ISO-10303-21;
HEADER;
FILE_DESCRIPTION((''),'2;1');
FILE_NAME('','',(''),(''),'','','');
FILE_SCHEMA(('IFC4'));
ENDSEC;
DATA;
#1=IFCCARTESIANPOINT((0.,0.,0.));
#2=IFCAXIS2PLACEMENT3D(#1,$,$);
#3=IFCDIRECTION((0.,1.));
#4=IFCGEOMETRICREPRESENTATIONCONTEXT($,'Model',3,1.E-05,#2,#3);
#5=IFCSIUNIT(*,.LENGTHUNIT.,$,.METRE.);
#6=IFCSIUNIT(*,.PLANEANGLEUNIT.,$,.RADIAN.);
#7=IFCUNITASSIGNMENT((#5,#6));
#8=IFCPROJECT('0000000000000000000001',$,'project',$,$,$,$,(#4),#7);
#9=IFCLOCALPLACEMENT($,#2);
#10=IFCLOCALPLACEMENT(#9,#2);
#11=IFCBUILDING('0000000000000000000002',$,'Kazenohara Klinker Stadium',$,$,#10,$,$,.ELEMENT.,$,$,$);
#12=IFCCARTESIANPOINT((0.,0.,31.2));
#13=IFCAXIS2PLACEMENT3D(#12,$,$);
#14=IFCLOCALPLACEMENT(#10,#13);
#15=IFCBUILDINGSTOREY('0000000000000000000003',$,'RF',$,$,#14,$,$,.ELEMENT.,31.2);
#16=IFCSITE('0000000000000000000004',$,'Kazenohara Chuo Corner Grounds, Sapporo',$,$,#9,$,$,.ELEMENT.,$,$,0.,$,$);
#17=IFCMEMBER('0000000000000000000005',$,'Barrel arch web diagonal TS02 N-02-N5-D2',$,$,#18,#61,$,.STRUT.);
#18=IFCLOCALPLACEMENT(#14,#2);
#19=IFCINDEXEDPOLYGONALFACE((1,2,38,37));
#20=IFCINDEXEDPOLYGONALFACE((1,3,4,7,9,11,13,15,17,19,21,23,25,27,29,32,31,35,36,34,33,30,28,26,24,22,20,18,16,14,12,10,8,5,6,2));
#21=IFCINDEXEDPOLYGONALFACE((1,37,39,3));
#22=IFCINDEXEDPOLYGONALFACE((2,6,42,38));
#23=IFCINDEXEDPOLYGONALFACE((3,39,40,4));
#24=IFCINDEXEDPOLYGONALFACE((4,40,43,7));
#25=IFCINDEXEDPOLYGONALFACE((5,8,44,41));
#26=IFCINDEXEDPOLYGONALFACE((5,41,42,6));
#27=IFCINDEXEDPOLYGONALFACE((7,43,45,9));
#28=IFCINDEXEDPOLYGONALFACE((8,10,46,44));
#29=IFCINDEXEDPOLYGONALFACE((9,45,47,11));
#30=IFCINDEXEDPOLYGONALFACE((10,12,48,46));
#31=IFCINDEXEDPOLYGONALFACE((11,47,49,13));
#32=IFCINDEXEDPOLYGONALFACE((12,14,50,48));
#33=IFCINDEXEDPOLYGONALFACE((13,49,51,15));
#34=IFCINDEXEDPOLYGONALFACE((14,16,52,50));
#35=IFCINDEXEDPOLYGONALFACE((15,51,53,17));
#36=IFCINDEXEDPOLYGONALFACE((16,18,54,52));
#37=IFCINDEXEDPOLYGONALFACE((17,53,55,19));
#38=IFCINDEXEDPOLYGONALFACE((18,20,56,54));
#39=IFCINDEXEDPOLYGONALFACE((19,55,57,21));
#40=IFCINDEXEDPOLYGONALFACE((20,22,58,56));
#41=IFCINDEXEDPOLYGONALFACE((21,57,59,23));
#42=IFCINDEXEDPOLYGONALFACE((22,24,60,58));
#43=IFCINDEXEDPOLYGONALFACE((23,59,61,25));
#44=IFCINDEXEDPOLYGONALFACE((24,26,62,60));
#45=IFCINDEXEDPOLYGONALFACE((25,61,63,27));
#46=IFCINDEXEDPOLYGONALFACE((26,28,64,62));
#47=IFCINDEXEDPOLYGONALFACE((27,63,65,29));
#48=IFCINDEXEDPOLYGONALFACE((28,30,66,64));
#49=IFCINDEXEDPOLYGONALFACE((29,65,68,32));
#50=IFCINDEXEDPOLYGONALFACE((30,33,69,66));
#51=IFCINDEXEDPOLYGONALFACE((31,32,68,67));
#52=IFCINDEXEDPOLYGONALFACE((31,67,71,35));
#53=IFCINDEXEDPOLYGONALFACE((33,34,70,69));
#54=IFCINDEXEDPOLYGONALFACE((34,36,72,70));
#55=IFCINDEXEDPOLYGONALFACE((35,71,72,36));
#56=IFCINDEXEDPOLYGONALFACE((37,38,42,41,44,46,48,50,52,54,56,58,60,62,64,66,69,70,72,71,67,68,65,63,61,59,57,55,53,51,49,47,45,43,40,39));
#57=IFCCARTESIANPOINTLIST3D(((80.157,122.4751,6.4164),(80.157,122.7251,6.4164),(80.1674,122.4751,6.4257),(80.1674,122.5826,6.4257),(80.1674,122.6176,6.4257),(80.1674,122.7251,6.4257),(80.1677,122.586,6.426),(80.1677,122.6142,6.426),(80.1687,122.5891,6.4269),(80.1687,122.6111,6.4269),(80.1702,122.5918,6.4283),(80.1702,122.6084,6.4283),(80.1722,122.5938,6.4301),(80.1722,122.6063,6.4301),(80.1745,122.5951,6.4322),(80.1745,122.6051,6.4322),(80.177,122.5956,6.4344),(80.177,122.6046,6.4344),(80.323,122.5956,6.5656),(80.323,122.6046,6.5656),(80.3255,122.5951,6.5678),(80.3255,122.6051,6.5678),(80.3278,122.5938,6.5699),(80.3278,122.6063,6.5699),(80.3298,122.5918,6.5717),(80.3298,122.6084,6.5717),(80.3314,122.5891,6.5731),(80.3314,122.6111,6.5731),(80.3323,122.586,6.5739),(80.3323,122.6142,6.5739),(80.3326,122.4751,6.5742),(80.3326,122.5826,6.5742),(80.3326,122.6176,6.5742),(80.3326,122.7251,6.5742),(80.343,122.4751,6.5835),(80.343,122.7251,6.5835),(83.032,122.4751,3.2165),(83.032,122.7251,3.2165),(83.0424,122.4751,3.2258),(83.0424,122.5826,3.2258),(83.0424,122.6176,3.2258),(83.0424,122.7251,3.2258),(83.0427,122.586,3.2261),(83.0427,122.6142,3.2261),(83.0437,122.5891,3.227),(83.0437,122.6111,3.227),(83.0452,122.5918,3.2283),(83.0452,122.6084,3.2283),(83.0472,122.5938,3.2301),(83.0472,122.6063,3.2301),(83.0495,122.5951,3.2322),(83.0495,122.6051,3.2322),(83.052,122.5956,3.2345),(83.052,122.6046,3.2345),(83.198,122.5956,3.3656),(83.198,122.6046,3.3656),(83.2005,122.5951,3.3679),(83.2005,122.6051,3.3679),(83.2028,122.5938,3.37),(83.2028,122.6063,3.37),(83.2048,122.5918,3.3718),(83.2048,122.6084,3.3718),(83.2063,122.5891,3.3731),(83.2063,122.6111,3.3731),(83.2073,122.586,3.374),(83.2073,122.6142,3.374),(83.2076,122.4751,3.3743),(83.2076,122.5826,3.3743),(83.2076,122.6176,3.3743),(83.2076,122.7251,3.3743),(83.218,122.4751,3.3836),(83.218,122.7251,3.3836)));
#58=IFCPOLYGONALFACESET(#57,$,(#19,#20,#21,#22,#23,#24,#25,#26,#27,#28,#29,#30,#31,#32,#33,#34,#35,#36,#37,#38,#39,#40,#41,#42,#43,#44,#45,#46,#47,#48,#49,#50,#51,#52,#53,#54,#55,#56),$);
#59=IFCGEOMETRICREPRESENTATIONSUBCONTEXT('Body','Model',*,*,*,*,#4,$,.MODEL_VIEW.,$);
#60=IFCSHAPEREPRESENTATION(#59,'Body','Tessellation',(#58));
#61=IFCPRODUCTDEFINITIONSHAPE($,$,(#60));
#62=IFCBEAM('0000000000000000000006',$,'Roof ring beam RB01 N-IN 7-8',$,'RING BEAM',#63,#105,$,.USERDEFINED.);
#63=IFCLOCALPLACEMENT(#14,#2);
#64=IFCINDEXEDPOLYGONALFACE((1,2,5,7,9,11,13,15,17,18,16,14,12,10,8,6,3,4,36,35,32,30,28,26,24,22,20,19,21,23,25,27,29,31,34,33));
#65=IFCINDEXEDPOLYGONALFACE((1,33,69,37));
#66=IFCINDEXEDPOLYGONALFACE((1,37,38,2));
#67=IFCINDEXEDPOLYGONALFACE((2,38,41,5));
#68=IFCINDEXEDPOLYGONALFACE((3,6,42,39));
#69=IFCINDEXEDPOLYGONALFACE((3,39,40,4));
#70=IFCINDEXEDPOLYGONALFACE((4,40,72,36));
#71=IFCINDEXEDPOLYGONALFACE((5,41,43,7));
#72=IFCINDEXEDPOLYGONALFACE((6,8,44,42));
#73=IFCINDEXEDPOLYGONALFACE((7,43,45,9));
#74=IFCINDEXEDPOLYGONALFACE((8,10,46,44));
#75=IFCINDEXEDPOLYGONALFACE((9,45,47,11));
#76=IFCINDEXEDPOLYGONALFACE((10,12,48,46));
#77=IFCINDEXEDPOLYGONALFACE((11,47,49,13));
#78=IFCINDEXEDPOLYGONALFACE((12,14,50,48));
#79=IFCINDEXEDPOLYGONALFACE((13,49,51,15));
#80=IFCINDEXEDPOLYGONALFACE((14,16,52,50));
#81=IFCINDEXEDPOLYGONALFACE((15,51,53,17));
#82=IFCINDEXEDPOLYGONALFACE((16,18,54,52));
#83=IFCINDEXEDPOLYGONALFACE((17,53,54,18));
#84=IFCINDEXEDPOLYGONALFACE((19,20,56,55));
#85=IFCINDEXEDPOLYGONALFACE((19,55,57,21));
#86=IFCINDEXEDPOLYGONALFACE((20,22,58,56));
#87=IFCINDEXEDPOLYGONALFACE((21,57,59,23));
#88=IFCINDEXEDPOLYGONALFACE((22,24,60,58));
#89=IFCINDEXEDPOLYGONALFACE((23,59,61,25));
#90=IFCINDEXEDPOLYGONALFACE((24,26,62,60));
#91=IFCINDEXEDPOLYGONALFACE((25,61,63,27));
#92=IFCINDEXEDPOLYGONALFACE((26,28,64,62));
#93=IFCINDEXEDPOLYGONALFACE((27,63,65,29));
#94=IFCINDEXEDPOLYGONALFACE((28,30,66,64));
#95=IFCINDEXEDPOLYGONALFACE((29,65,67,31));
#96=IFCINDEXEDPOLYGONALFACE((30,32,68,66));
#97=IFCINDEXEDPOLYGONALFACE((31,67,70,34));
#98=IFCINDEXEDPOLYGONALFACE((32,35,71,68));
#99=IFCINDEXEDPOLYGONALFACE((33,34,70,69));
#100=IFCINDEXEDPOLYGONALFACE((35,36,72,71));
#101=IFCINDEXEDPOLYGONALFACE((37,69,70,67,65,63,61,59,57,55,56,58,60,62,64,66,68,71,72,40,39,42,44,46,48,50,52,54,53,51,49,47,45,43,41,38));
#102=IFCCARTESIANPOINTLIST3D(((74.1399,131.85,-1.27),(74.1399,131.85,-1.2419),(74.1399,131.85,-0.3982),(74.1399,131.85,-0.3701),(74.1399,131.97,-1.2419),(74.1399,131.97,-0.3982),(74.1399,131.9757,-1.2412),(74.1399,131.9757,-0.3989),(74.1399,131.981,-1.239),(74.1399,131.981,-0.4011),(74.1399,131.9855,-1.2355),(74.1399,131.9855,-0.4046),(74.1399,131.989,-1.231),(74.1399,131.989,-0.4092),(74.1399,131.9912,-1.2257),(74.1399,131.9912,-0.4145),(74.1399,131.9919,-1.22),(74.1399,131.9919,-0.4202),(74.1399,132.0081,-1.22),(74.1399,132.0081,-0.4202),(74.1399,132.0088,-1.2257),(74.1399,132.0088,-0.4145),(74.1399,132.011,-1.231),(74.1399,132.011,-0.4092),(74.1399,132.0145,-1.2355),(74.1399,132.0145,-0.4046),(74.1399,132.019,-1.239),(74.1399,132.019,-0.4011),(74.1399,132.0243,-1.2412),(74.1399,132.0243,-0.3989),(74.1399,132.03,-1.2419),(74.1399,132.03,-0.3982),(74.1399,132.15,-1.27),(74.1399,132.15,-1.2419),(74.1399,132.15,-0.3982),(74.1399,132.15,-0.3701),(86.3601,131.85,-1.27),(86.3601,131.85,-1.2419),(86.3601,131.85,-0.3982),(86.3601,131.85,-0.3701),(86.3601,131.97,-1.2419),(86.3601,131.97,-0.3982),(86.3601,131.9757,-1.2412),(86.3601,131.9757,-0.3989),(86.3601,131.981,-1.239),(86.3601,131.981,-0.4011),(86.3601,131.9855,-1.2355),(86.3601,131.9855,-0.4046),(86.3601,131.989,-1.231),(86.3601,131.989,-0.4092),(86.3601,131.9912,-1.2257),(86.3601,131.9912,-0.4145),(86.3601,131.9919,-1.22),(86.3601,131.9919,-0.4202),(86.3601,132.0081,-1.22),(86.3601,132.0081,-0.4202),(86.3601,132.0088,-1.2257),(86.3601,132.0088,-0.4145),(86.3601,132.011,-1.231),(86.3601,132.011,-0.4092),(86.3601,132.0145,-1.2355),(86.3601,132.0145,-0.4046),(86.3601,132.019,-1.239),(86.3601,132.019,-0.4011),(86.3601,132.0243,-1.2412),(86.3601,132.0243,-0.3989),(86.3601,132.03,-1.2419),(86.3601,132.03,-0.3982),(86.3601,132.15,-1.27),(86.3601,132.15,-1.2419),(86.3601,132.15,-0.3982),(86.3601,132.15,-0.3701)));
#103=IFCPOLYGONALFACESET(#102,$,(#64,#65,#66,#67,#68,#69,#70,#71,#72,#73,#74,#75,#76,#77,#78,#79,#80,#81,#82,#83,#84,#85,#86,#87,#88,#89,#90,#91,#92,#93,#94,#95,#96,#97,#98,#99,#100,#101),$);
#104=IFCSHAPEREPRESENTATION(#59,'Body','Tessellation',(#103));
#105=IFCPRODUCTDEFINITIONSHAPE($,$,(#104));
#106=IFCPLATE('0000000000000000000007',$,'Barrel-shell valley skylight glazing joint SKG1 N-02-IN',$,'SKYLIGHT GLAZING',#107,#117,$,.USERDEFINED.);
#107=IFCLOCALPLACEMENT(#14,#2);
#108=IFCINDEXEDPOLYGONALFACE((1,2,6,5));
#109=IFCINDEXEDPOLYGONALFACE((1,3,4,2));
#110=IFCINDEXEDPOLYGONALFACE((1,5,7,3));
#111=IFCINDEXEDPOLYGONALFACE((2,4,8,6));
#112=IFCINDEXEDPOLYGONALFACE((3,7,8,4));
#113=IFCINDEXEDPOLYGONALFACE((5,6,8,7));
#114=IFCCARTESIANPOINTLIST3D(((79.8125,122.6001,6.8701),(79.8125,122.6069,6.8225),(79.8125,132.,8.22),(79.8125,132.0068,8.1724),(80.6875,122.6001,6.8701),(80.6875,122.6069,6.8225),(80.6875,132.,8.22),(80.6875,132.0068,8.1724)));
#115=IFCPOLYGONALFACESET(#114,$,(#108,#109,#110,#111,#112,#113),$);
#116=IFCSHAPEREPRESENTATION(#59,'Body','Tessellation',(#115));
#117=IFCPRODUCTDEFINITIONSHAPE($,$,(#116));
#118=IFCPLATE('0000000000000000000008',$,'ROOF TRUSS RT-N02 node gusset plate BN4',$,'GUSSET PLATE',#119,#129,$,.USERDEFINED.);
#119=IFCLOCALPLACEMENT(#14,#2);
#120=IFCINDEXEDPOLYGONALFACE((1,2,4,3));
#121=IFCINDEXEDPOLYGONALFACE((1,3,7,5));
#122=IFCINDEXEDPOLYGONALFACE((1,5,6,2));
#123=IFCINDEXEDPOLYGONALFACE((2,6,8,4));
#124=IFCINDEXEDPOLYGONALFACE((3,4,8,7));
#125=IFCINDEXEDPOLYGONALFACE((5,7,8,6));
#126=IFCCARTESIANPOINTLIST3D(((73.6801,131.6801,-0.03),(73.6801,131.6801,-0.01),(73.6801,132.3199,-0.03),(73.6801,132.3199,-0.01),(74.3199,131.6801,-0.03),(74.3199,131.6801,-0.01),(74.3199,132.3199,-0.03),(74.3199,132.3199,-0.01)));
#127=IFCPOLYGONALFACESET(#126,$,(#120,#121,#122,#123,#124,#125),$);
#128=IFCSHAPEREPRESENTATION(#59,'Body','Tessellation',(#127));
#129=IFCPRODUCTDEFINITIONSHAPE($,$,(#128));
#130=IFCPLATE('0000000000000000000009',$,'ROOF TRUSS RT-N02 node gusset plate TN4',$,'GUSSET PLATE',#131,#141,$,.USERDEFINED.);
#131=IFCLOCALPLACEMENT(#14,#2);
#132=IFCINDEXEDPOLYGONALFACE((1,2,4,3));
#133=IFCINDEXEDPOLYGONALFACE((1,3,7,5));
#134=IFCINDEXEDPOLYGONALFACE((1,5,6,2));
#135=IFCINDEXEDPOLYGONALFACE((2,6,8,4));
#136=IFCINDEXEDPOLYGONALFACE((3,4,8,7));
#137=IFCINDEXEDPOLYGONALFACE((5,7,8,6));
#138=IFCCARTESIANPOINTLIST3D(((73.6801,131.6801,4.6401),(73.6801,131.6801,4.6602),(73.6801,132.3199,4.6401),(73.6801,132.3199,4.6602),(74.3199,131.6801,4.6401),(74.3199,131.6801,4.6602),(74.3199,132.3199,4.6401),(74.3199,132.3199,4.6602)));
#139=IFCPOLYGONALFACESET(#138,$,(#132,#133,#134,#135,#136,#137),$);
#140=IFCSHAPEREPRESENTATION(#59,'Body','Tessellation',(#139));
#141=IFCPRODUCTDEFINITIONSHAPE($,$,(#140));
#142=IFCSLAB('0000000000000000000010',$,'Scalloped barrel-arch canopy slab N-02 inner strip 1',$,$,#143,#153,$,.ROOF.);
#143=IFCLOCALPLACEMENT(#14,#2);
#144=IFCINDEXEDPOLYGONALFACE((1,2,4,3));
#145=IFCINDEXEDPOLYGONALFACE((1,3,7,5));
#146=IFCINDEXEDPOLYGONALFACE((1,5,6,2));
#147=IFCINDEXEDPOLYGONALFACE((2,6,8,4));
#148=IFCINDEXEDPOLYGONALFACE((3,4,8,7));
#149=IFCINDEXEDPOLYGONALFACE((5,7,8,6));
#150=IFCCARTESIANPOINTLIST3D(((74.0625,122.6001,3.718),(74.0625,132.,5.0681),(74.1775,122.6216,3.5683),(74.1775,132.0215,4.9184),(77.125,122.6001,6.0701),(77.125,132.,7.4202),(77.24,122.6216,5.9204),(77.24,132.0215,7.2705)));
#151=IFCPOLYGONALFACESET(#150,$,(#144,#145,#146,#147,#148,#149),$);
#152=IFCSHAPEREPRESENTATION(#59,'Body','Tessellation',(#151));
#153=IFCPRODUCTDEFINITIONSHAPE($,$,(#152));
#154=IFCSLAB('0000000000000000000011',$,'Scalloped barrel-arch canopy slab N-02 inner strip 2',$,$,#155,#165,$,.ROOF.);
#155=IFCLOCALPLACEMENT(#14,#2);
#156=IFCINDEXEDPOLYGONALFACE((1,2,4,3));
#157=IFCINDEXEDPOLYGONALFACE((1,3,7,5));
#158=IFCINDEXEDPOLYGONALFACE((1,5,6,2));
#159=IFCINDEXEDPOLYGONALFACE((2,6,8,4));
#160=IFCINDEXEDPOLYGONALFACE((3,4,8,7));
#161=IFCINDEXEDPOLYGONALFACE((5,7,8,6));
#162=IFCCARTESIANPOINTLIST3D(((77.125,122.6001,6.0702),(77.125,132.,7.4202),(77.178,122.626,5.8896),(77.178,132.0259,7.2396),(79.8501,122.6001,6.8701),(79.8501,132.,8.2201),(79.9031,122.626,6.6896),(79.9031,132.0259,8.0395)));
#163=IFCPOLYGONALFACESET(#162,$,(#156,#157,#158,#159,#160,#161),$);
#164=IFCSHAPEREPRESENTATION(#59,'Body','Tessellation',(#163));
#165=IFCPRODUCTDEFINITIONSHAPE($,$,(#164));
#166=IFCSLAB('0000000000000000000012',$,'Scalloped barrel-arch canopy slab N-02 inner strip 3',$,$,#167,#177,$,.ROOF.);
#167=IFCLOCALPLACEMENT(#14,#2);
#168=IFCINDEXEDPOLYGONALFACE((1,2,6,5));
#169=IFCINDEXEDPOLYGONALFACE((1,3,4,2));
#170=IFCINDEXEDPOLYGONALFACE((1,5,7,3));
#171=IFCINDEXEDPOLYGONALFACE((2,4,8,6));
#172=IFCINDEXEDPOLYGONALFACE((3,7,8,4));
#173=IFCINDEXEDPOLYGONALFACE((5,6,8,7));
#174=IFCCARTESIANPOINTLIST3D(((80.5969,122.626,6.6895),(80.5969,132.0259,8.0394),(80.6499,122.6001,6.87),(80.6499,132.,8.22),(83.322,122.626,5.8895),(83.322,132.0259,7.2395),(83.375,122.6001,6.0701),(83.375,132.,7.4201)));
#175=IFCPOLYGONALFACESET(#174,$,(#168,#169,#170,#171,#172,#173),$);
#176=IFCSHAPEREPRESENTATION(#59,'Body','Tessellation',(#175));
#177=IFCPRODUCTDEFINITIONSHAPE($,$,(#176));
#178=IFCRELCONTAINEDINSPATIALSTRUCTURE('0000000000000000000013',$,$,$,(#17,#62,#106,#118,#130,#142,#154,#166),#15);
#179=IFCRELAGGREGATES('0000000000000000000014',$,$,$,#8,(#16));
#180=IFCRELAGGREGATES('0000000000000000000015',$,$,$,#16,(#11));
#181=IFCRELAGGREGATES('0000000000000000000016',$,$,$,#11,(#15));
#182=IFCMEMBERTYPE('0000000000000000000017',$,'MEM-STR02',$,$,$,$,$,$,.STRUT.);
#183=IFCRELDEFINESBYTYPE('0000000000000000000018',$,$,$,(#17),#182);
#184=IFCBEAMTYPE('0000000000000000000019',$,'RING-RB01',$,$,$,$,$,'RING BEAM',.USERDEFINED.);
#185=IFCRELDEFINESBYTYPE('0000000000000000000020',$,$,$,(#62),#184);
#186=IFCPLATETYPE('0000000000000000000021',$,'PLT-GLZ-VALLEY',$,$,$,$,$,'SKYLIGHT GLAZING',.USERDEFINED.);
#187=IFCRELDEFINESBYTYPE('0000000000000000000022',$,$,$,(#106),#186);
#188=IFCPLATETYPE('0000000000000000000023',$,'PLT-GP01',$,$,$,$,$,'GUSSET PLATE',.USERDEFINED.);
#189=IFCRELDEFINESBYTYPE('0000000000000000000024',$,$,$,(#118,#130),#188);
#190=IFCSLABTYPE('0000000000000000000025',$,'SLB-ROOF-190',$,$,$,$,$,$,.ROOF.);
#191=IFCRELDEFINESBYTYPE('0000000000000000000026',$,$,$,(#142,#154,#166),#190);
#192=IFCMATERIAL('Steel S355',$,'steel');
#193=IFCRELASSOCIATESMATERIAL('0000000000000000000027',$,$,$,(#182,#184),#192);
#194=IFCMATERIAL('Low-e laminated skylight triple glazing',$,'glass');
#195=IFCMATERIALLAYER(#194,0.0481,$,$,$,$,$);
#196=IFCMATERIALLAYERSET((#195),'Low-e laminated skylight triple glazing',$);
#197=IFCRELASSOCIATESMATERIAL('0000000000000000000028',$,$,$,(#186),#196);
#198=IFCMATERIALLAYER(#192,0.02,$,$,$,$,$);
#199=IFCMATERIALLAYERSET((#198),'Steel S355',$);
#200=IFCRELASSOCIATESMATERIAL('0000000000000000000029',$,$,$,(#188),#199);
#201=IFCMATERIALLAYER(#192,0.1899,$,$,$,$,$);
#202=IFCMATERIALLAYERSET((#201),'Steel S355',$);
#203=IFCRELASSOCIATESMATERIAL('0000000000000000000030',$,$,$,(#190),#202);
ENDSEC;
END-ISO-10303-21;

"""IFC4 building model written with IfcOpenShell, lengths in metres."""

from ifc_helpers import new_model, si_unit, direction, frame, origin, origin_2d, place, context, subcontext, project, spatial, polyline, rectangle, i_section, outline, extrude, material, layer, layer_set, material_profile, profile_set, type_object, element, save


model = new_model("IFC4")

# Units and contexts
model_context = context("Model", 3, precision=1e-05, world=origin(), true_north=direction((0.0, 1.0)))
body_context = subcontext(model_context, "Body", "Model", "MODEL_VIEW")
ifc_project = project(units=[si_unit("LENGTHUNIT", "METRE"), si_unit("PLANEANGLEUNIT", "RADIAN")], contexts=[model_context])

# Site, building, storey
site_placement = place(None, origin())
site = spatial("IfcSite", under=ifc_project, at=site_placement, Name="Kazenohara Chuo Corner Grounds, Sapporo", CompositionType="ELEMENT", RefElevation=0.0)
building_placement = place(site_placement, origin())
building = spatial("IfcBuilding", under=site, at=building_placement, Name="Kazenohara Klinker Stadium", CompositionType="ELEMENT")
storey_placement = place(building_placement, frame((0.0, 0.0, 31.2)))
storey = spatial("IfcBuildingStorey", under=building, at=storey_placement, Name="RF", CompositionType="ELEMENT", Elevation=31.2)

# Member
ifc_material_1 = material(Name="Steel S355", Category="steel")
ifc_material_profile_1 = material_profile(ifc_material_1, i_section(OverallWidth=0.25, OverallDepth=0.25, WebThickness=0.009, FlangeThickness=0.0139, FilletRadius=0.0129, at=origin_2d()), Name="H-250x250x9x14")
ifc_profile_set_1 = profile_set([ifc_material_profile_1], Name="Steel S355")
member_type_1 = type_object("IfcMemberType", Name="MEM-STR02", PredefinedType="STRUT", material=ifc_profile_set_1)
for number, where, z_axis, x_axis, name in (
    (1, (83.125, 122.6001, 3.3), (-0.668328, 0.0, 0.743867), (0.0, -1.0, 0.0), "Barrel arch web diagonal TS02 N-02-N5-D2"),
):
    element("IfcMember", number, at=place(storey_placement, frame(where, z_axis=z_axis, x_axis=x_axis)), inside=storey, type_object=member_type_1, Name=name, PredefinedType="STRUT", context=body_context, shape_type="SweptSolid", body=[
        extrude(i_section(OverallWidth=0.25, OverallDepth=0.25, WebThickness=0.009, FlangeThickness=0.0139, FilletRadius=0.0129, at=origin_2d()), origin(), (0.0, 0.0, 1.0), 4.3018),
    ])

# Beam
ifc_material_profile_2 = material_profile(ifc_material_1, i_section(OverallWidth=0.3, OverallDepth=0.8999, WebThickness=0.0161, FlangeThickness=0.0281, FilletRadius=0.022, at=origin_2d()), Name="H-900x300x16x28")
ifc_profile_set_2 = profile_set([ifc_material_profile_2], Name="Steel S355")
beam_type = type_object("IfcBeamType", Name="RING-RB01", ElementType="RING BEAM", PredefinedType="USERDEFINED", material=ifc_profile_set_2)
beam_placement = place(storey_placement, frame((74.1399, 132.0, -0.8201), z_axis=(1.0, 0.0, 0.0), x_axis=(0.0, 1.0, 0.0)))
element("IfcBeam", 2, at=beam_placement, inside=storey, type_object=beam_type, Name="Roof ring beam RB01 N-IN 7-8", ObjectType="RING BEAM", PredefinedType="USERDEFINED", context=body_context, shape_type="SweptSolid", body=[
    extrude(i_section(OverallWidth=0.3, OverallDepth=0.8999, WebThickness=0.0161, FlangeThickness=0.0281, FilletRadius=0.022, at=origin_2d()), origin(), (0.0, 0.0, 1.0), 12.2202),
])

# Plates
ifc_material_2 = material(Name="Low-e laminated skylight triple glazing", Category="glass")
ifc_layer_1 = layer(ifc_material_2, 0.0481)
ifc_layer_set_1 = layer_set([ifc_layer_1], Name="Low-e laminated skylight triple glazing")
plate_type_1 = type_object("IfcPlateType", Name="PLT-GLZ-VALLEY", ElementType="SKYLIGHT GLAZING", PredefinedType="USERDEFINED", material=ifc_layer_set_1)
plate_placement = place(storey_placement, frame((79.8125, 132.0, 8.22), z_axis=(0.0, -0.142145, 0.989846), x_axis=(0.0, -0.989846, -0.142145)))
element("IfcPlate", 3, at=plate_placement, inside=storey, type_object=plate_type_1, Name="Barrel-shell valley skylight glazing joint SKG1 N-02-IN", ObjectType="SKYLIGHT GLAZING", PredefinedType="USERDEFINED", context=body_context, shape_type="SweptSolid", body=[
    extrude(outline(polyline([(0.0, 0.0), (9.4963, 0.0), (9.4963, 0.875), (0.0, 0.875), (0.0, 0.0)])), origin(), (0.0, 0.0, -1.0), 0.0481),
])
ifc_layer_2 = layer(ifc_material_1, 0.02)
ifc_layer_set_2 = layer_set([ifc_layer_2], Name="Steel S355")
plate_type_2 = type_object("IfcPlateType", Name="PLT-GP01", ElementType="GUSSET PLATE", PredefinedType="USERDEFINED", material=ifc_layer_set_2)
for number, where, z_axis, x_axis, name in (
    (4, (74.0, 132.0, -0.03), (0.0, 0.0, 1.0), (1.0, 0.0, 0.0), "ROOF TRUSS RT-N02 node gusset plate BN4"),
    (5, (74.0, 132.0, 4.6401), (0.0, 0.0, 1.0), (1.0, 0.0, 0.0), "ROOF TRUSS RT-N02 node gusset plate TN4"),
):
    element("IfcPlate", number, at=place(storey_placement, frame(where, z_axis=z_axis, x_axis=x_axis)), inside=storey, type_object=plate_type_2, Name=name, ObjectType="GUSSET PLATE", PredefinedType="USERDEFINED", context=body_context, shape_type="SweptSolid", body=[
        extrude(rectangle(XDim=0.6399, YDim=0.6399, at=origin_2d()), origin(), (0.0, 0.0, 1.0), 0.02),
    ])

# Slabs
ifc_layer_3 = layer(ifc_material_1, 0.1899)
ifc_layer_set_3 = layer_set([ifc_layer_3], Name="Steel S355")
slab_type = type_object("IfcSlabType", Name="SLB-ROOF-190", PredefinedType="ROOF", material=ifc_layer_set_3)
slab_1_placement = place(storey_placement, frame((74.0625, 132.0, 5.0681), z_axis=(-0.605192, -0.113179, 0.787993), x_axis=(0.0, -0.989842, -0.14217)))
element("IfcSlab", 6, at=slab_1_placement, inside=storey, type_object=slab_type, Name="Scalloped barrel-arch canopy slab N-02 inner strip 1", PredefinedType="ROOF", context=body_context, shape_type="SweptSolid", body=[
    extrude(outline(polyline([(0.0, 0.0), (9.4964, 0.0), (9.162, 3.847), (-0.3344, 3.847), (0.0, 0.0)])), origin(), (0.0, 0.0, -1.0), 0.1899),
])
slab_2_placement = place(storey_placement, frame((77.125, 132.0, 7.4202), z_axis=(-0.27902, -0.136512, 0.950533), x_axis=(-0.000003, -0.989844, -0.142158)))
element("IfcSlab", 7, at=slab_2_placement, inside=storey, type_object=slab_type, Name="Scalloped barrel-arch canopy slab N-02 inner strip 2", PredefinedType="ROOF", context=body_context, shape_type="SweptSolid", body=[
    extrude(outline(polyline([(0.0, 0.0), (9.4964, 0.0), (9.3826, 2.8378), (-0.1137, 2.8378), (0.0, 0.0)])), origin(), (0.0, 0.0, -1.0), 0.1899),
])
slab_3_placement = place(storey_placement, frame((80.6499, 132.0, 8.22), z_axis=(0.27902, -0.136512, 0.950533), x_axis=(-0.000003, -0.989844, -0.142156)))
element("IfcSlab", 8, at=slab_3_placement, inside=storey, type_object=slab_type, Name="Scalloped barrel-arch canopy slab N-02 inner strip 3", PredefinedType="ROOF", context=body_context, shape_type="SweptSolid", body=[
    extrude(outline(polyline([(0.0, 0.0), (9.4963, 0.0), (9.6101, 2.8378), (0.1137, 2.8378), (0.0, 0.0)])), origin(), (0.0, 0.0, -1.0), 0.1899),
])

save(model, "model.ifc")
